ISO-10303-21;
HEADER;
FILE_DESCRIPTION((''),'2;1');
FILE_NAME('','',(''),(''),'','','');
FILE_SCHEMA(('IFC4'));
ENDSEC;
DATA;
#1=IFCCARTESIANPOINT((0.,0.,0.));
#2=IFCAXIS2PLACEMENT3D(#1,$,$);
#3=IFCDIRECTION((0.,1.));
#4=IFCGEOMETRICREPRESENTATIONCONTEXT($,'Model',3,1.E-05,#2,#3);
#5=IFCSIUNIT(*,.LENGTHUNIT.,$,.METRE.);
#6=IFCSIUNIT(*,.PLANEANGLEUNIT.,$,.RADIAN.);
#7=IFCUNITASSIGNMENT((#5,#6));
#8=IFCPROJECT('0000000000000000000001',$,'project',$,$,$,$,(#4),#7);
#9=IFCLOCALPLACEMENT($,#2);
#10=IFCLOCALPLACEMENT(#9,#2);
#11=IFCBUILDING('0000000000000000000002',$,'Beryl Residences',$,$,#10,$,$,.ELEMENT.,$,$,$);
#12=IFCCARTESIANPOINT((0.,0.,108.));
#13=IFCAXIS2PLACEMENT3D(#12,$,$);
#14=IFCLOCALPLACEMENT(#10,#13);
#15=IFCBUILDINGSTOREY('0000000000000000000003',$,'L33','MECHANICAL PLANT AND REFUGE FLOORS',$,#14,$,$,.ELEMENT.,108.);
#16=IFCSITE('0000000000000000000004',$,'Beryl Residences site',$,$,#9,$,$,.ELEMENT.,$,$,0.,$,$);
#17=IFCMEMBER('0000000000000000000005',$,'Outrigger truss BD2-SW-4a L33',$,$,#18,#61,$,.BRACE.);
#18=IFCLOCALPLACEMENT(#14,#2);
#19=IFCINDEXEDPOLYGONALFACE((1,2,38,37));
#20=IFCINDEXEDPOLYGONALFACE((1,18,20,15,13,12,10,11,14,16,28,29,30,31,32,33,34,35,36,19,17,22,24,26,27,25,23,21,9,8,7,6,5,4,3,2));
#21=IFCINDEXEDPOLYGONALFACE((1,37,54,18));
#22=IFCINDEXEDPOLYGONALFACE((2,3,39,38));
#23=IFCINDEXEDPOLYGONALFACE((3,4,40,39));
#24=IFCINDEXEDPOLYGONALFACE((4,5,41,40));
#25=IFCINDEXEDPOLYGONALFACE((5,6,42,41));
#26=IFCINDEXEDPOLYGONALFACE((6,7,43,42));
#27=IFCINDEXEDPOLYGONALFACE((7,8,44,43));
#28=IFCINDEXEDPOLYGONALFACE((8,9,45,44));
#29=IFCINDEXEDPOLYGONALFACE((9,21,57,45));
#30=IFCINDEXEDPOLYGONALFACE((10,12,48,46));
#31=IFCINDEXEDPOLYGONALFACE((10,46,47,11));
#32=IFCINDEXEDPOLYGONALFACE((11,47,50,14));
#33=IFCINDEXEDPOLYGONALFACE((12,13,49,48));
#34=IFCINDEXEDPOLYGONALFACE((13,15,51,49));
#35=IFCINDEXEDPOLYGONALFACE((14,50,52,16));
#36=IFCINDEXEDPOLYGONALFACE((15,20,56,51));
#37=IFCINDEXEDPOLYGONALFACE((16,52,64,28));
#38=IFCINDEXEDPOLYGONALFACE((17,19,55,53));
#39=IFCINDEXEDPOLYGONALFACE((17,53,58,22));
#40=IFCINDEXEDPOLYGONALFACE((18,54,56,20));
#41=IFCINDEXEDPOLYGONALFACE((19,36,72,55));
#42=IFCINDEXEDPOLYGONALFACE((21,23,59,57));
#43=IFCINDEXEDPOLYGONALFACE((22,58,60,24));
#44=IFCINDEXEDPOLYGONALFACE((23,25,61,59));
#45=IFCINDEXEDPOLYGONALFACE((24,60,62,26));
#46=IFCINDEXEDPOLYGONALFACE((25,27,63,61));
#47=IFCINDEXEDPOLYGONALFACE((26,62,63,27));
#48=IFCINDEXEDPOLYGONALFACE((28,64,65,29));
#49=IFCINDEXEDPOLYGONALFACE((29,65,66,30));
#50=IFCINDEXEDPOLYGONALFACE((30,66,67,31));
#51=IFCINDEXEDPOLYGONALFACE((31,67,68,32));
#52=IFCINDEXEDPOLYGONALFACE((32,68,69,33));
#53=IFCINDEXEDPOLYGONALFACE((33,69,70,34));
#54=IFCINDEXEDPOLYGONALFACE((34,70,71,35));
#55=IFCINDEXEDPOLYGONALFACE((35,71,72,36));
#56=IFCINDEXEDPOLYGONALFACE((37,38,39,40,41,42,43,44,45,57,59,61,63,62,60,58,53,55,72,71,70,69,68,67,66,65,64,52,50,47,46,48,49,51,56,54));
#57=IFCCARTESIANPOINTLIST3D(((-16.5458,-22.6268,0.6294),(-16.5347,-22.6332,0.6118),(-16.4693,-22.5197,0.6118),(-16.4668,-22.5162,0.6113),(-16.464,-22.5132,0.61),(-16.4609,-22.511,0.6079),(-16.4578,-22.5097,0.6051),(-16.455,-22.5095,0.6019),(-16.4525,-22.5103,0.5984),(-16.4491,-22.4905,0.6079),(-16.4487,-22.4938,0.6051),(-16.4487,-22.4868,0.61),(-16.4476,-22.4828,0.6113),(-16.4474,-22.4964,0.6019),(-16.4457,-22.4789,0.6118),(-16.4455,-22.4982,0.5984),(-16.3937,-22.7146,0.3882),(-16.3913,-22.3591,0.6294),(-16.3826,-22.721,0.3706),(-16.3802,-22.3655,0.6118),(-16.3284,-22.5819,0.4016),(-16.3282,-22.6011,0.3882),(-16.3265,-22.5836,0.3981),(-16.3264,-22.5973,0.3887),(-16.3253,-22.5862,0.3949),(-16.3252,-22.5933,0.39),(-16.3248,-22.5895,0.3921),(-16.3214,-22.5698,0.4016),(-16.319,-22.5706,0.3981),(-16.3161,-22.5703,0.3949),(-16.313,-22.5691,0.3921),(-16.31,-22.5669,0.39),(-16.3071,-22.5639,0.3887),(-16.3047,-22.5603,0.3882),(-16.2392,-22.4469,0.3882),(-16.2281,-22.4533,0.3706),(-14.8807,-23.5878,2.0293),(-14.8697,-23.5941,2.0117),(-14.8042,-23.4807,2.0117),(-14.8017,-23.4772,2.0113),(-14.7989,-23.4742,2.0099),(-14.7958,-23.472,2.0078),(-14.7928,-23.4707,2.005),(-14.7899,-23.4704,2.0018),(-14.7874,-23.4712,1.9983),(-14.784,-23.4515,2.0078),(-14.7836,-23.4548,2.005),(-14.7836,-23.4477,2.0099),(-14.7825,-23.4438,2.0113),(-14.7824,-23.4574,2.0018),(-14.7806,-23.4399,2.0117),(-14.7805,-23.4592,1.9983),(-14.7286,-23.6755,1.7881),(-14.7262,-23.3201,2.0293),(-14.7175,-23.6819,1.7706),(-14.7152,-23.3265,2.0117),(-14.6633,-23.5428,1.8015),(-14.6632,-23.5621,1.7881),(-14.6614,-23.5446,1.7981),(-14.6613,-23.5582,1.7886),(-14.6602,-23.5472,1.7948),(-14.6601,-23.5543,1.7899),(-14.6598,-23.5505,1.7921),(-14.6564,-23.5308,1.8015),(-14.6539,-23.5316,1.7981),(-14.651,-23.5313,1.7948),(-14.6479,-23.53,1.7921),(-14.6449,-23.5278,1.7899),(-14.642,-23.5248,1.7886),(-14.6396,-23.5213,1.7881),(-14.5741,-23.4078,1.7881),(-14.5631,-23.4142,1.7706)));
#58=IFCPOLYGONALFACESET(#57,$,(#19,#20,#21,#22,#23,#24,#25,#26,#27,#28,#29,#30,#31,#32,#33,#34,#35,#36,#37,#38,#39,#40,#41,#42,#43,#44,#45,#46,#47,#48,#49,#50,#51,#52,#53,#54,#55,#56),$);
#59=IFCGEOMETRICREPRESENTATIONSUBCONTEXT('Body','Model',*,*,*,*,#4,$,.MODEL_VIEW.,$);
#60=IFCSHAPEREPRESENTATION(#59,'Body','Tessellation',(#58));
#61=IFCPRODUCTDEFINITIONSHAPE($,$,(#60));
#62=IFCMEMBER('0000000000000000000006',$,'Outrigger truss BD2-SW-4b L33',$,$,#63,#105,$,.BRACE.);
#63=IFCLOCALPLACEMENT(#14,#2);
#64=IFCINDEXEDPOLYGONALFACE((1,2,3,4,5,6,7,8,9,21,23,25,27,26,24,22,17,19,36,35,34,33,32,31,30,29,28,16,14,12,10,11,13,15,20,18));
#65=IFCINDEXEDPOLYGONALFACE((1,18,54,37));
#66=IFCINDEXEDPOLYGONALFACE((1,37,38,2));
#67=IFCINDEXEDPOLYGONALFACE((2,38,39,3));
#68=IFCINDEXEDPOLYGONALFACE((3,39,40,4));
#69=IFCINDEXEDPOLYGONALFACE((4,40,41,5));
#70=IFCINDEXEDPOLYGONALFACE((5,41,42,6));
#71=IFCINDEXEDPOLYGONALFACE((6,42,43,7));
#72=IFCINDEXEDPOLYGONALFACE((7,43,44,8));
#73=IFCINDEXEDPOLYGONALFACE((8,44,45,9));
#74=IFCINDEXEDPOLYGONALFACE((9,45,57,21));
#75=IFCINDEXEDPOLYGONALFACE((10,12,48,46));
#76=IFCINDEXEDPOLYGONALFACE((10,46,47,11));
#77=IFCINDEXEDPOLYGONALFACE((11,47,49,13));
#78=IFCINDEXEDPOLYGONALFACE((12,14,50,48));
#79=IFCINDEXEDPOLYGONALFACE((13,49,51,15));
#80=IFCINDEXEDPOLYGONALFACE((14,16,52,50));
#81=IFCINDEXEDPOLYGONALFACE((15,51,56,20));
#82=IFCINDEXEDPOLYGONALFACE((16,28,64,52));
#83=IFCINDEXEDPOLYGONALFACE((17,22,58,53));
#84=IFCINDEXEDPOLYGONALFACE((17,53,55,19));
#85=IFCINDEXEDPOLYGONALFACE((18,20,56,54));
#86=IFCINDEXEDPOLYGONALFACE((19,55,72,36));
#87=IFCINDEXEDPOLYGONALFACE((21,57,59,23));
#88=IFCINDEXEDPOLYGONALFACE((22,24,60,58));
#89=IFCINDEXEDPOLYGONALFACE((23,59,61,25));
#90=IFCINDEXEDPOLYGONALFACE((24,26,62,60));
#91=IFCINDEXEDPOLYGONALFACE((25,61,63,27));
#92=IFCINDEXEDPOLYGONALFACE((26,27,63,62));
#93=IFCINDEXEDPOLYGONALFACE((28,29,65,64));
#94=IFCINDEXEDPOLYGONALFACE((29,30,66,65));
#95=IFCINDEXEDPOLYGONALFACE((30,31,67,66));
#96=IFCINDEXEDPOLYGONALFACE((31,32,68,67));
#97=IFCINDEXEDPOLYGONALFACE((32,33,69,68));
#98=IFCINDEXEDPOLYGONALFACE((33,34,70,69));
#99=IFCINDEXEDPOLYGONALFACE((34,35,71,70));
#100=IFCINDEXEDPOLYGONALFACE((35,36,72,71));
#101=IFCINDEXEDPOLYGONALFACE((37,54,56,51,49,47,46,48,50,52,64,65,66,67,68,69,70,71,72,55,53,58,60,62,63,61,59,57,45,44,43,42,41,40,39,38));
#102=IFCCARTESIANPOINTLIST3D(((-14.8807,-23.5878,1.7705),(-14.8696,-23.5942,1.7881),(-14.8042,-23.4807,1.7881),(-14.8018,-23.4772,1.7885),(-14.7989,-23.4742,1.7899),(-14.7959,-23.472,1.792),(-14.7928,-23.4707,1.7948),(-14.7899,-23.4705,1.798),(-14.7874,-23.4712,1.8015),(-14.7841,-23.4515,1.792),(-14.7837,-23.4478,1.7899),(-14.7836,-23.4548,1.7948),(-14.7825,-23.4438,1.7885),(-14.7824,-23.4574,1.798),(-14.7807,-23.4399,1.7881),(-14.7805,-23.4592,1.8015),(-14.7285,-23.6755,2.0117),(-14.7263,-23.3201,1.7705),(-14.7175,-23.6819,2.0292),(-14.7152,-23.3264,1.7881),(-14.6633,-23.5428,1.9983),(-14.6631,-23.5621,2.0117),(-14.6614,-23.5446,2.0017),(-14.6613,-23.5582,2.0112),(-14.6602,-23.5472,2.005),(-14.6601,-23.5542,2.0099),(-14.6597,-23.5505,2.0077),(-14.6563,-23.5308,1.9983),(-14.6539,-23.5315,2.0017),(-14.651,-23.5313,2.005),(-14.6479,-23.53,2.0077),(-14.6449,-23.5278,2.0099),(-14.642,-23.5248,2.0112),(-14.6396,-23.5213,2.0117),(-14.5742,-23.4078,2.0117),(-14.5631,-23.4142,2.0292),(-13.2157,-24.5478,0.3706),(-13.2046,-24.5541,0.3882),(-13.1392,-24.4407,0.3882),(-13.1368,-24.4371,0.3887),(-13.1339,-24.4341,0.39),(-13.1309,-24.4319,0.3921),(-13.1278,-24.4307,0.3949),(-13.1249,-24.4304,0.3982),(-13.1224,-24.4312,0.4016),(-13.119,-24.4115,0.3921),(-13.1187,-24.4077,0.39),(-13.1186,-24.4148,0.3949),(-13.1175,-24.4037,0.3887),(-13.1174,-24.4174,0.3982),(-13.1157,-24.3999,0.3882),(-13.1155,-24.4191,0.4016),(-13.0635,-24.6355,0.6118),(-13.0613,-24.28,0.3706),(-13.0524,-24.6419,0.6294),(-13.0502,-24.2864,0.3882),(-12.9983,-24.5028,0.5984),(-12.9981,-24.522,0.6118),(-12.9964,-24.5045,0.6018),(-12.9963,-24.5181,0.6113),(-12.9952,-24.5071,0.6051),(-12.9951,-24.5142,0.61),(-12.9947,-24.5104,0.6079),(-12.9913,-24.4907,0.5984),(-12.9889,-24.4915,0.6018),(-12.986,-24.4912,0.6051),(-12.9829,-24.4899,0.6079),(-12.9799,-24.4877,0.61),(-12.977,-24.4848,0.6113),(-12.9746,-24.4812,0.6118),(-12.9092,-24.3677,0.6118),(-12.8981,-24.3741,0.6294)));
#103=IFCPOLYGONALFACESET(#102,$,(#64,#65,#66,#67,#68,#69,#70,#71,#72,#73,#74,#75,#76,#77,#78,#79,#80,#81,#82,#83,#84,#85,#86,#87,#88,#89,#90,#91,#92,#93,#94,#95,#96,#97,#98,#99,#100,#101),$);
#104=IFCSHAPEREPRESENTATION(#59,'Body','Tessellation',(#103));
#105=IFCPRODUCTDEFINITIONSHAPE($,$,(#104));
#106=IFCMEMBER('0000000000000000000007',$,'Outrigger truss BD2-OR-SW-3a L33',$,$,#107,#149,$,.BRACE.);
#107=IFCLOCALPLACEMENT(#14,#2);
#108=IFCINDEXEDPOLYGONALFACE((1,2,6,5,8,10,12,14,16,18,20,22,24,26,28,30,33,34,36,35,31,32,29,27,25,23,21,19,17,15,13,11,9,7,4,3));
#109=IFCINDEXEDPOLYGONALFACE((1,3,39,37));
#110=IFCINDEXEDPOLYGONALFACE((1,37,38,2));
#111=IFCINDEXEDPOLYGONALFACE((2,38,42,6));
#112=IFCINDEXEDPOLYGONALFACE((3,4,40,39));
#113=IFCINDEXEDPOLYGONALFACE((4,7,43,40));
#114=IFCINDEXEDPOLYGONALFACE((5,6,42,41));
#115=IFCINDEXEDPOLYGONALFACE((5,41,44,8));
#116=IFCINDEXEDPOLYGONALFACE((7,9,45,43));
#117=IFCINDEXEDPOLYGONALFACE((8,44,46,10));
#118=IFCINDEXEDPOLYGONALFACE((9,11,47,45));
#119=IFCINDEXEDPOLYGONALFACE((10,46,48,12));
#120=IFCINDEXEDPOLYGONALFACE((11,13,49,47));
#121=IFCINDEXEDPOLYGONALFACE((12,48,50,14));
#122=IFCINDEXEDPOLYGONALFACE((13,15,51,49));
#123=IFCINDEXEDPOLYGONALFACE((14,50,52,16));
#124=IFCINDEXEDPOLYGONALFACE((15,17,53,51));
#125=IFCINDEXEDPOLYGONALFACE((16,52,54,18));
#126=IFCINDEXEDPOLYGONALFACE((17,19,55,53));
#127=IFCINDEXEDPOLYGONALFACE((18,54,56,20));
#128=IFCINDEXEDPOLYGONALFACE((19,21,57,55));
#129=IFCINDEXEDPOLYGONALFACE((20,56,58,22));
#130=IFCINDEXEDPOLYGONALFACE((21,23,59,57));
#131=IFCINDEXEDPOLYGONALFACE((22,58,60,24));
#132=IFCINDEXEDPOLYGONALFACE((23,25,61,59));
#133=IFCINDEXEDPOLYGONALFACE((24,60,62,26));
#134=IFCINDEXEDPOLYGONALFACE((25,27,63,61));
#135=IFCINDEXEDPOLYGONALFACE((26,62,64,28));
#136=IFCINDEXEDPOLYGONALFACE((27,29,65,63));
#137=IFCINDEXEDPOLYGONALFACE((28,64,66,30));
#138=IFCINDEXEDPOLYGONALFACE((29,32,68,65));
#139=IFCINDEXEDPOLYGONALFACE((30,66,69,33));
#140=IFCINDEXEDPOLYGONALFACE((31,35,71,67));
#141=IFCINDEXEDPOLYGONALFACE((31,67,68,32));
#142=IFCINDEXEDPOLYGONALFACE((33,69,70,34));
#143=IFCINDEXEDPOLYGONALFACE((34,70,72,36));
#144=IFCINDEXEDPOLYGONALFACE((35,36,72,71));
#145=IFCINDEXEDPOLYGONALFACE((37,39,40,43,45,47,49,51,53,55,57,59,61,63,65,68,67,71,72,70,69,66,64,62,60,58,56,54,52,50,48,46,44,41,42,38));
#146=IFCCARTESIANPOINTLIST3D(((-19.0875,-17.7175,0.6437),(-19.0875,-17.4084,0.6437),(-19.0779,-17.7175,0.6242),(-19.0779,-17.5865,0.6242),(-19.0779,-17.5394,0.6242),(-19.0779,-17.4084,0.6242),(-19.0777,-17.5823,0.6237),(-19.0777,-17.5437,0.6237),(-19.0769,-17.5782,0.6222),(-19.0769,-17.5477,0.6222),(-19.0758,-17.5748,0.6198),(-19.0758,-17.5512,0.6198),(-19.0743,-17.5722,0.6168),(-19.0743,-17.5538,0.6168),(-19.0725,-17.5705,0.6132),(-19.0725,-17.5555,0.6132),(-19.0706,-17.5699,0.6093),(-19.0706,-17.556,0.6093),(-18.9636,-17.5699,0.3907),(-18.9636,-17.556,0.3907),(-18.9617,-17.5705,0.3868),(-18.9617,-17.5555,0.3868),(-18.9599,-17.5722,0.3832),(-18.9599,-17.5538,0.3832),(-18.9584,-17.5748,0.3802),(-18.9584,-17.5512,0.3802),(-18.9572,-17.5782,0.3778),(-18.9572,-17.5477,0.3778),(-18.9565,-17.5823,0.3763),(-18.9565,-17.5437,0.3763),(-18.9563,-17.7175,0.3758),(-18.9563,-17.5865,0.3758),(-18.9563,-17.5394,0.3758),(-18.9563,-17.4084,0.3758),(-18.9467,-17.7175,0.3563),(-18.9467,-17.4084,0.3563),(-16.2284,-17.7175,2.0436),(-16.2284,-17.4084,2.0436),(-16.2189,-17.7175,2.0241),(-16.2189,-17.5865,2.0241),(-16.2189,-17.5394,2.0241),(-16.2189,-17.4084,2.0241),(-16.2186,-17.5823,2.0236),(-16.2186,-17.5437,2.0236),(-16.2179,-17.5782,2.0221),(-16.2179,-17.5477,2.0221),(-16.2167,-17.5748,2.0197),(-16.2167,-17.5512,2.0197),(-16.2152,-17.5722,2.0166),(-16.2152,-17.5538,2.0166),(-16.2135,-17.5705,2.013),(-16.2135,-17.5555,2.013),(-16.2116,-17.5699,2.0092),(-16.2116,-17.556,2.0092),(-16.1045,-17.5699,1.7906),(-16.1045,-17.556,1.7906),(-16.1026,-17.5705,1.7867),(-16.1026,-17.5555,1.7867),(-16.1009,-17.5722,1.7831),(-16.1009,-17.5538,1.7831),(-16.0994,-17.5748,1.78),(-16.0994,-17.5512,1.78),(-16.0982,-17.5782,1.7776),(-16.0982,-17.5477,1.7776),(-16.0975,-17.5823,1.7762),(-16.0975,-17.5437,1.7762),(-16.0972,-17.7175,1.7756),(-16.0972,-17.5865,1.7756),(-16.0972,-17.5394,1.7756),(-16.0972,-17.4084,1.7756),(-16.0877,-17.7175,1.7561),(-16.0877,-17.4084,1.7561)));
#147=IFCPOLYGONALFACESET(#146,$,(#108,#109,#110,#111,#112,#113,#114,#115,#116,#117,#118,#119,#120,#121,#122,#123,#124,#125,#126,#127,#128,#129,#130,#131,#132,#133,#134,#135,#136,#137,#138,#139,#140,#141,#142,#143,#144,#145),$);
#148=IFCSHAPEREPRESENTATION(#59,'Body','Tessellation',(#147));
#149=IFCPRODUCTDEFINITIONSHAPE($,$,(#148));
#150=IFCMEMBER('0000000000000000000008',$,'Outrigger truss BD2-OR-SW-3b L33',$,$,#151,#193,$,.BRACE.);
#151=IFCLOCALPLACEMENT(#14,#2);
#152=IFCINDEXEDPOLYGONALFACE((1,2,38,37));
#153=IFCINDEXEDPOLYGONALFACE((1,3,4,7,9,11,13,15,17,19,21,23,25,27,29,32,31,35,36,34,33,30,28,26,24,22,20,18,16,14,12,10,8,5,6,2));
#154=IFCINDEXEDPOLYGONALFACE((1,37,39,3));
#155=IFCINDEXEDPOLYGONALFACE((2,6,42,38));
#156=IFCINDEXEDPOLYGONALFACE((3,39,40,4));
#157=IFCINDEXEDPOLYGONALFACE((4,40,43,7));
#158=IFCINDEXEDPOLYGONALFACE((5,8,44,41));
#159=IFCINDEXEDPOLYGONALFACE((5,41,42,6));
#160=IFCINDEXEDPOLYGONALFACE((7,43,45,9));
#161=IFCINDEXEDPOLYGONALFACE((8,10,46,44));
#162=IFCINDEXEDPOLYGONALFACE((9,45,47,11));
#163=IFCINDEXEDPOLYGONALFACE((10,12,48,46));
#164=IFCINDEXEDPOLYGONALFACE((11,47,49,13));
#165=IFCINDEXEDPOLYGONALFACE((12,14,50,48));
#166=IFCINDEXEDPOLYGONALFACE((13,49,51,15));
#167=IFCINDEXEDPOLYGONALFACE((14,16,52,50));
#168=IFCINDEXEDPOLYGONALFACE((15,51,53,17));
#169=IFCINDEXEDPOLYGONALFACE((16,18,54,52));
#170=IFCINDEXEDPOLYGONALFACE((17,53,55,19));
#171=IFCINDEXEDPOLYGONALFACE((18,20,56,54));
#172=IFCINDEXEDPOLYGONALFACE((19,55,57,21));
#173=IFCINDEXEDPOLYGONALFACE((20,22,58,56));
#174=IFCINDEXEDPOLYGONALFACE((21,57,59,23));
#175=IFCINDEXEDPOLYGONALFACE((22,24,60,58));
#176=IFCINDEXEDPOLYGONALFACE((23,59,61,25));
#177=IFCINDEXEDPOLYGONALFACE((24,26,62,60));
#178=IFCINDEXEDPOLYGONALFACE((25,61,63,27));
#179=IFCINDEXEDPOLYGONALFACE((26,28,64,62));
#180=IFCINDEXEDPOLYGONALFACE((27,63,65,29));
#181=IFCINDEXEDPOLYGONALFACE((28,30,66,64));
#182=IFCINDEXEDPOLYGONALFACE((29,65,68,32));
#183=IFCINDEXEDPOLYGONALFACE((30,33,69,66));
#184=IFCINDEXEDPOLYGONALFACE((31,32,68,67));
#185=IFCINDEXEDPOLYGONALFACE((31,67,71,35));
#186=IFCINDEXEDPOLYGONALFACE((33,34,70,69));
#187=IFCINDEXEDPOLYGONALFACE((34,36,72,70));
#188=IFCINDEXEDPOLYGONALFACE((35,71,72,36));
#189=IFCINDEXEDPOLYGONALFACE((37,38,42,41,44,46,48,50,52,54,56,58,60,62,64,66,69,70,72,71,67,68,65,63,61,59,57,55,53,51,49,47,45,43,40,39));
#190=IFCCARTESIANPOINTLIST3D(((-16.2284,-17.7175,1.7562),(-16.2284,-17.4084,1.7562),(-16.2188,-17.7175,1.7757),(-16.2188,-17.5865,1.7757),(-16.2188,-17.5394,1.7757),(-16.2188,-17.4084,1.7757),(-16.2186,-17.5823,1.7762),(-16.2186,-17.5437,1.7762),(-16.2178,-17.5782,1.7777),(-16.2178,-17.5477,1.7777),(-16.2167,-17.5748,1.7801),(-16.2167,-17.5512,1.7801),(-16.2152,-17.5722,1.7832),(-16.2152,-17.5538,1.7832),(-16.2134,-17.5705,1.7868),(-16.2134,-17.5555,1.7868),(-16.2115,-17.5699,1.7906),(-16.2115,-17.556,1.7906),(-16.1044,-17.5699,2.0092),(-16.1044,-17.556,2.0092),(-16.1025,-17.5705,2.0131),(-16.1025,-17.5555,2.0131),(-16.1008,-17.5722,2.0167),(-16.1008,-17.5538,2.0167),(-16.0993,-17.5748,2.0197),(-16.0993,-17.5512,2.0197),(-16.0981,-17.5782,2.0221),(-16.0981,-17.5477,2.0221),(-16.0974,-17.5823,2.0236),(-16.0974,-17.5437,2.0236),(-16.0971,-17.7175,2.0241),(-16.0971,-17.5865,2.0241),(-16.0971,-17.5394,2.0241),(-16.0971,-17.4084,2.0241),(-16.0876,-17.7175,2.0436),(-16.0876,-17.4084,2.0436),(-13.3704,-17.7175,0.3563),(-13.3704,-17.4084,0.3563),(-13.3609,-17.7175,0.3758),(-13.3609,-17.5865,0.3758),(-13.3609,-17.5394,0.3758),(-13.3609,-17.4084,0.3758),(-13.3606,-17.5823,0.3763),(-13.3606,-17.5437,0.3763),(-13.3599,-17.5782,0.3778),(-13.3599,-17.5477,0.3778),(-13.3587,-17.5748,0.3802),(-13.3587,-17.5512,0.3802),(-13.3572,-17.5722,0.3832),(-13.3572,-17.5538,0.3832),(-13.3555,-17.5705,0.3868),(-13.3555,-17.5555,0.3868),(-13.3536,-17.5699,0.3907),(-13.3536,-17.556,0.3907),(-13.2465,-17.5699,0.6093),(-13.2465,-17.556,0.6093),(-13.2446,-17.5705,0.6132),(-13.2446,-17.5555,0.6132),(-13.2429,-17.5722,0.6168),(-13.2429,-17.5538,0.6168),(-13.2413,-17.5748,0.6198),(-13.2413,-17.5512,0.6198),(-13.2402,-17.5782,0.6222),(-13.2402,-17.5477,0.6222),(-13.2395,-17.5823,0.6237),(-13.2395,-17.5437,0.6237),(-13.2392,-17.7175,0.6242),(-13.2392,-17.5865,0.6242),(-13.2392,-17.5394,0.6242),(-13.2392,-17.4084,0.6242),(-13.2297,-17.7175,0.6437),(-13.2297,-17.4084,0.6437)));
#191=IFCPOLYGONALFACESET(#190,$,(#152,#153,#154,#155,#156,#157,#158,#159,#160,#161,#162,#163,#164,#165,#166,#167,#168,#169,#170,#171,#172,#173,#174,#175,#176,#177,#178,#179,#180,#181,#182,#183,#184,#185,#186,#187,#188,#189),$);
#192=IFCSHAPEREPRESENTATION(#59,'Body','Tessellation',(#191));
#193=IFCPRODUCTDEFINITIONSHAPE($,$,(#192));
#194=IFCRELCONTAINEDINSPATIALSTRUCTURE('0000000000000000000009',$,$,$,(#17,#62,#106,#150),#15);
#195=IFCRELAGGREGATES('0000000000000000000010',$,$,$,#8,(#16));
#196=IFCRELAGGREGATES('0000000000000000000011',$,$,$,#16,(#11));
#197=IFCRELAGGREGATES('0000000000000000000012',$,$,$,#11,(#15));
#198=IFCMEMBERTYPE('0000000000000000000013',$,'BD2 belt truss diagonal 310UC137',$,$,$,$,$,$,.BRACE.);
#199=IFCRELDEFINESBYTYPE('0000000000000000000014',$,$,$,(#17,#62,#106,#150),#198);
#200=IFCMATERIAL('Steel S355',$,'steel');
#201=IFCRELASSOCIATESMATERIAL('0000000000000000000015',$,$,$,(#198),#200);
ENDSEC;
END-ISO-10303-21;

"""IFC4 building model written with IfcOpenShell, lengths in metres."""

from ifc_helpers import new_model, si_unit, direction, frame, origin, origin_2d, place, context, subcontext, project, spatial, i_section, extrude, material, material_profile, profile_set, type_object, element, save


model = new_model("IFC4")

# Units and contexts
model_context = context("Model", 3, precision=1e-05, world=origin(), true_north=direction((0.0, 1.0)))
body_context = subcontext(model_context, "Body", "Model", "MODEL_VIEW")
ifc_project = project(units=[si_unit("LENGTHUNIT", "METRE"), si_unit("PLANEANGLEUNIT", "RADIAN")], contexts=[model_context])

# Site, building, storey
site_placement = place(None, origin())
site = spatial("IfcSite", under=ifc_project, at=site_placement, Name="Beryl Residences site", CompositionType="ELEMENT", RefElevation=0.0)
building_placement = place(site_placement, origin())
building = spatial("IfcBuilding", under=site, at=building_placement, Name="Beryl Residences", CompositionType="ELEMENT")
storey_placement = place(building_placement, frame((0.0, 0.0, 108.0)))
storey = spatial("IfcBuildingStorey", under=building, at=storey_placement, Name="L33", Description="MECHANICAL PLANT AND REFUGE FLOORS", CompositionType="ELEMENT", Elevation=108.0)

# Members
ifc_material_1 = material(Name="Steel S355", Category="steel")
ifc_material_profile_1 = material_profile(ifc_material_1, i_section(OverallWidth=0.3091, OverallDepth=0.3201, WebThickness=0.0139, FlangeThickness=0.0217, FilletRadius=0.0166, at=origin_2d()))
ifc_profile_set_1 = profile_set([ifc_material_profile_1], Name="Steel S355")
member_type_1 = type_object("IfcMemberType", Name="BD2 belt truss diagonal 310UC137", PredefinedType="BRACE", material=ifc_profile_set_1)
member_1_placement = place(storey_placement, frame((-16.387, -22.54, 0.5), z_axis=(0.700148, -0.404073, 0.588658), x_axis=(0.499854, 0.866109, 0.0)))
element("IfcMember", 1, at=member_1_placement, inside=storey, type_object=member_type_1, Name="Outrigger truss BD2-SW-4a L33", PredefinedType="BRACE", context=body_context, shape_type="SweptSolid", body=[
    extrude(i_section(OverallWidth=0.3091, OverallDepth=0.3201, WebThickness=0.0139, FlangeThickness=0.0217, FilletRadius=0.0166, at=origin_2d()), origin(), (0.0, 0.0, 1.0), 2.3782),
])
member_2_placement = place(storey_placement, frame((-13.0569, -24.4609, 0.5), z_axis=(-0.700264, 0.40373, 0.588755), x_axis=(-0.499473, -0.866329, 0.0)))
element("IfcMember", 2, at=member_2_placement, inside=storey, type_object=member_type_1, Name="Outrigger truss BD2-SW-4b L33", PredefinedType="BRACE", context=body_context, shape_type="SweptSolid", body=[
    extrude(i_section(OverallWidth=0.3091, OverallDepth=0.3201, WebThickness=0.0139, FlangeThickness=0.0217, FilletRadius=0.0166, at=origin_2d()), origin(), (0.0, 0.0, 1.0), 2.3777),
])
member_3_placement = place(storey_placement, frame((-19.0171, -17.563, 0.5), z_axis=(0.898123, 0.0, 0.439744), x_axis=(0.0, 1.0, 0.0)))
element("IfcMember", 3, at=member_3_placement, inside=storey, type_object=member_type_1, Name="Outrigger truss BD2-OR-SW-3a L33", PredefinedType="BRACE", context=body_context, shape_type="SweptSolid", body=[
    extrude(i_section(OverallWidth=0.3091, OverallDepth=0.3201, WebThickness=0.0139, FlangeThickness=0.0217, FilletRadius=0.0166, at=origin_2d()), origin(), (0.0, 0.0, 1.0), 3.1833),
])
member_4_placement = place(storey_placement, frame((-13.3, -17.563, 0.5), z_axis=(-0.898049, 0.0, 0.439895), x_axis=(0.0, -1.0, 0.0)))
element("IfcMember", 4, at=member_4_placement, inside=storey, type_object=member_type_1, Name="Outrigger truss BD2-OR-SW-3b L33", PredefinedType="BRACE", context=body_context, shape_type="SweptSolid", body=[
    extrude(i_section(OverallWidth=0.3091, OverallDepth=0.3201, WebThickness=0.0139, FlangeThickness=0.0217, FilletRadius=0.0166, at=origin_2d()), origin(), (0.0, 0.0, 1.0), 3.1824),
])

save(model, "model.ifc")
